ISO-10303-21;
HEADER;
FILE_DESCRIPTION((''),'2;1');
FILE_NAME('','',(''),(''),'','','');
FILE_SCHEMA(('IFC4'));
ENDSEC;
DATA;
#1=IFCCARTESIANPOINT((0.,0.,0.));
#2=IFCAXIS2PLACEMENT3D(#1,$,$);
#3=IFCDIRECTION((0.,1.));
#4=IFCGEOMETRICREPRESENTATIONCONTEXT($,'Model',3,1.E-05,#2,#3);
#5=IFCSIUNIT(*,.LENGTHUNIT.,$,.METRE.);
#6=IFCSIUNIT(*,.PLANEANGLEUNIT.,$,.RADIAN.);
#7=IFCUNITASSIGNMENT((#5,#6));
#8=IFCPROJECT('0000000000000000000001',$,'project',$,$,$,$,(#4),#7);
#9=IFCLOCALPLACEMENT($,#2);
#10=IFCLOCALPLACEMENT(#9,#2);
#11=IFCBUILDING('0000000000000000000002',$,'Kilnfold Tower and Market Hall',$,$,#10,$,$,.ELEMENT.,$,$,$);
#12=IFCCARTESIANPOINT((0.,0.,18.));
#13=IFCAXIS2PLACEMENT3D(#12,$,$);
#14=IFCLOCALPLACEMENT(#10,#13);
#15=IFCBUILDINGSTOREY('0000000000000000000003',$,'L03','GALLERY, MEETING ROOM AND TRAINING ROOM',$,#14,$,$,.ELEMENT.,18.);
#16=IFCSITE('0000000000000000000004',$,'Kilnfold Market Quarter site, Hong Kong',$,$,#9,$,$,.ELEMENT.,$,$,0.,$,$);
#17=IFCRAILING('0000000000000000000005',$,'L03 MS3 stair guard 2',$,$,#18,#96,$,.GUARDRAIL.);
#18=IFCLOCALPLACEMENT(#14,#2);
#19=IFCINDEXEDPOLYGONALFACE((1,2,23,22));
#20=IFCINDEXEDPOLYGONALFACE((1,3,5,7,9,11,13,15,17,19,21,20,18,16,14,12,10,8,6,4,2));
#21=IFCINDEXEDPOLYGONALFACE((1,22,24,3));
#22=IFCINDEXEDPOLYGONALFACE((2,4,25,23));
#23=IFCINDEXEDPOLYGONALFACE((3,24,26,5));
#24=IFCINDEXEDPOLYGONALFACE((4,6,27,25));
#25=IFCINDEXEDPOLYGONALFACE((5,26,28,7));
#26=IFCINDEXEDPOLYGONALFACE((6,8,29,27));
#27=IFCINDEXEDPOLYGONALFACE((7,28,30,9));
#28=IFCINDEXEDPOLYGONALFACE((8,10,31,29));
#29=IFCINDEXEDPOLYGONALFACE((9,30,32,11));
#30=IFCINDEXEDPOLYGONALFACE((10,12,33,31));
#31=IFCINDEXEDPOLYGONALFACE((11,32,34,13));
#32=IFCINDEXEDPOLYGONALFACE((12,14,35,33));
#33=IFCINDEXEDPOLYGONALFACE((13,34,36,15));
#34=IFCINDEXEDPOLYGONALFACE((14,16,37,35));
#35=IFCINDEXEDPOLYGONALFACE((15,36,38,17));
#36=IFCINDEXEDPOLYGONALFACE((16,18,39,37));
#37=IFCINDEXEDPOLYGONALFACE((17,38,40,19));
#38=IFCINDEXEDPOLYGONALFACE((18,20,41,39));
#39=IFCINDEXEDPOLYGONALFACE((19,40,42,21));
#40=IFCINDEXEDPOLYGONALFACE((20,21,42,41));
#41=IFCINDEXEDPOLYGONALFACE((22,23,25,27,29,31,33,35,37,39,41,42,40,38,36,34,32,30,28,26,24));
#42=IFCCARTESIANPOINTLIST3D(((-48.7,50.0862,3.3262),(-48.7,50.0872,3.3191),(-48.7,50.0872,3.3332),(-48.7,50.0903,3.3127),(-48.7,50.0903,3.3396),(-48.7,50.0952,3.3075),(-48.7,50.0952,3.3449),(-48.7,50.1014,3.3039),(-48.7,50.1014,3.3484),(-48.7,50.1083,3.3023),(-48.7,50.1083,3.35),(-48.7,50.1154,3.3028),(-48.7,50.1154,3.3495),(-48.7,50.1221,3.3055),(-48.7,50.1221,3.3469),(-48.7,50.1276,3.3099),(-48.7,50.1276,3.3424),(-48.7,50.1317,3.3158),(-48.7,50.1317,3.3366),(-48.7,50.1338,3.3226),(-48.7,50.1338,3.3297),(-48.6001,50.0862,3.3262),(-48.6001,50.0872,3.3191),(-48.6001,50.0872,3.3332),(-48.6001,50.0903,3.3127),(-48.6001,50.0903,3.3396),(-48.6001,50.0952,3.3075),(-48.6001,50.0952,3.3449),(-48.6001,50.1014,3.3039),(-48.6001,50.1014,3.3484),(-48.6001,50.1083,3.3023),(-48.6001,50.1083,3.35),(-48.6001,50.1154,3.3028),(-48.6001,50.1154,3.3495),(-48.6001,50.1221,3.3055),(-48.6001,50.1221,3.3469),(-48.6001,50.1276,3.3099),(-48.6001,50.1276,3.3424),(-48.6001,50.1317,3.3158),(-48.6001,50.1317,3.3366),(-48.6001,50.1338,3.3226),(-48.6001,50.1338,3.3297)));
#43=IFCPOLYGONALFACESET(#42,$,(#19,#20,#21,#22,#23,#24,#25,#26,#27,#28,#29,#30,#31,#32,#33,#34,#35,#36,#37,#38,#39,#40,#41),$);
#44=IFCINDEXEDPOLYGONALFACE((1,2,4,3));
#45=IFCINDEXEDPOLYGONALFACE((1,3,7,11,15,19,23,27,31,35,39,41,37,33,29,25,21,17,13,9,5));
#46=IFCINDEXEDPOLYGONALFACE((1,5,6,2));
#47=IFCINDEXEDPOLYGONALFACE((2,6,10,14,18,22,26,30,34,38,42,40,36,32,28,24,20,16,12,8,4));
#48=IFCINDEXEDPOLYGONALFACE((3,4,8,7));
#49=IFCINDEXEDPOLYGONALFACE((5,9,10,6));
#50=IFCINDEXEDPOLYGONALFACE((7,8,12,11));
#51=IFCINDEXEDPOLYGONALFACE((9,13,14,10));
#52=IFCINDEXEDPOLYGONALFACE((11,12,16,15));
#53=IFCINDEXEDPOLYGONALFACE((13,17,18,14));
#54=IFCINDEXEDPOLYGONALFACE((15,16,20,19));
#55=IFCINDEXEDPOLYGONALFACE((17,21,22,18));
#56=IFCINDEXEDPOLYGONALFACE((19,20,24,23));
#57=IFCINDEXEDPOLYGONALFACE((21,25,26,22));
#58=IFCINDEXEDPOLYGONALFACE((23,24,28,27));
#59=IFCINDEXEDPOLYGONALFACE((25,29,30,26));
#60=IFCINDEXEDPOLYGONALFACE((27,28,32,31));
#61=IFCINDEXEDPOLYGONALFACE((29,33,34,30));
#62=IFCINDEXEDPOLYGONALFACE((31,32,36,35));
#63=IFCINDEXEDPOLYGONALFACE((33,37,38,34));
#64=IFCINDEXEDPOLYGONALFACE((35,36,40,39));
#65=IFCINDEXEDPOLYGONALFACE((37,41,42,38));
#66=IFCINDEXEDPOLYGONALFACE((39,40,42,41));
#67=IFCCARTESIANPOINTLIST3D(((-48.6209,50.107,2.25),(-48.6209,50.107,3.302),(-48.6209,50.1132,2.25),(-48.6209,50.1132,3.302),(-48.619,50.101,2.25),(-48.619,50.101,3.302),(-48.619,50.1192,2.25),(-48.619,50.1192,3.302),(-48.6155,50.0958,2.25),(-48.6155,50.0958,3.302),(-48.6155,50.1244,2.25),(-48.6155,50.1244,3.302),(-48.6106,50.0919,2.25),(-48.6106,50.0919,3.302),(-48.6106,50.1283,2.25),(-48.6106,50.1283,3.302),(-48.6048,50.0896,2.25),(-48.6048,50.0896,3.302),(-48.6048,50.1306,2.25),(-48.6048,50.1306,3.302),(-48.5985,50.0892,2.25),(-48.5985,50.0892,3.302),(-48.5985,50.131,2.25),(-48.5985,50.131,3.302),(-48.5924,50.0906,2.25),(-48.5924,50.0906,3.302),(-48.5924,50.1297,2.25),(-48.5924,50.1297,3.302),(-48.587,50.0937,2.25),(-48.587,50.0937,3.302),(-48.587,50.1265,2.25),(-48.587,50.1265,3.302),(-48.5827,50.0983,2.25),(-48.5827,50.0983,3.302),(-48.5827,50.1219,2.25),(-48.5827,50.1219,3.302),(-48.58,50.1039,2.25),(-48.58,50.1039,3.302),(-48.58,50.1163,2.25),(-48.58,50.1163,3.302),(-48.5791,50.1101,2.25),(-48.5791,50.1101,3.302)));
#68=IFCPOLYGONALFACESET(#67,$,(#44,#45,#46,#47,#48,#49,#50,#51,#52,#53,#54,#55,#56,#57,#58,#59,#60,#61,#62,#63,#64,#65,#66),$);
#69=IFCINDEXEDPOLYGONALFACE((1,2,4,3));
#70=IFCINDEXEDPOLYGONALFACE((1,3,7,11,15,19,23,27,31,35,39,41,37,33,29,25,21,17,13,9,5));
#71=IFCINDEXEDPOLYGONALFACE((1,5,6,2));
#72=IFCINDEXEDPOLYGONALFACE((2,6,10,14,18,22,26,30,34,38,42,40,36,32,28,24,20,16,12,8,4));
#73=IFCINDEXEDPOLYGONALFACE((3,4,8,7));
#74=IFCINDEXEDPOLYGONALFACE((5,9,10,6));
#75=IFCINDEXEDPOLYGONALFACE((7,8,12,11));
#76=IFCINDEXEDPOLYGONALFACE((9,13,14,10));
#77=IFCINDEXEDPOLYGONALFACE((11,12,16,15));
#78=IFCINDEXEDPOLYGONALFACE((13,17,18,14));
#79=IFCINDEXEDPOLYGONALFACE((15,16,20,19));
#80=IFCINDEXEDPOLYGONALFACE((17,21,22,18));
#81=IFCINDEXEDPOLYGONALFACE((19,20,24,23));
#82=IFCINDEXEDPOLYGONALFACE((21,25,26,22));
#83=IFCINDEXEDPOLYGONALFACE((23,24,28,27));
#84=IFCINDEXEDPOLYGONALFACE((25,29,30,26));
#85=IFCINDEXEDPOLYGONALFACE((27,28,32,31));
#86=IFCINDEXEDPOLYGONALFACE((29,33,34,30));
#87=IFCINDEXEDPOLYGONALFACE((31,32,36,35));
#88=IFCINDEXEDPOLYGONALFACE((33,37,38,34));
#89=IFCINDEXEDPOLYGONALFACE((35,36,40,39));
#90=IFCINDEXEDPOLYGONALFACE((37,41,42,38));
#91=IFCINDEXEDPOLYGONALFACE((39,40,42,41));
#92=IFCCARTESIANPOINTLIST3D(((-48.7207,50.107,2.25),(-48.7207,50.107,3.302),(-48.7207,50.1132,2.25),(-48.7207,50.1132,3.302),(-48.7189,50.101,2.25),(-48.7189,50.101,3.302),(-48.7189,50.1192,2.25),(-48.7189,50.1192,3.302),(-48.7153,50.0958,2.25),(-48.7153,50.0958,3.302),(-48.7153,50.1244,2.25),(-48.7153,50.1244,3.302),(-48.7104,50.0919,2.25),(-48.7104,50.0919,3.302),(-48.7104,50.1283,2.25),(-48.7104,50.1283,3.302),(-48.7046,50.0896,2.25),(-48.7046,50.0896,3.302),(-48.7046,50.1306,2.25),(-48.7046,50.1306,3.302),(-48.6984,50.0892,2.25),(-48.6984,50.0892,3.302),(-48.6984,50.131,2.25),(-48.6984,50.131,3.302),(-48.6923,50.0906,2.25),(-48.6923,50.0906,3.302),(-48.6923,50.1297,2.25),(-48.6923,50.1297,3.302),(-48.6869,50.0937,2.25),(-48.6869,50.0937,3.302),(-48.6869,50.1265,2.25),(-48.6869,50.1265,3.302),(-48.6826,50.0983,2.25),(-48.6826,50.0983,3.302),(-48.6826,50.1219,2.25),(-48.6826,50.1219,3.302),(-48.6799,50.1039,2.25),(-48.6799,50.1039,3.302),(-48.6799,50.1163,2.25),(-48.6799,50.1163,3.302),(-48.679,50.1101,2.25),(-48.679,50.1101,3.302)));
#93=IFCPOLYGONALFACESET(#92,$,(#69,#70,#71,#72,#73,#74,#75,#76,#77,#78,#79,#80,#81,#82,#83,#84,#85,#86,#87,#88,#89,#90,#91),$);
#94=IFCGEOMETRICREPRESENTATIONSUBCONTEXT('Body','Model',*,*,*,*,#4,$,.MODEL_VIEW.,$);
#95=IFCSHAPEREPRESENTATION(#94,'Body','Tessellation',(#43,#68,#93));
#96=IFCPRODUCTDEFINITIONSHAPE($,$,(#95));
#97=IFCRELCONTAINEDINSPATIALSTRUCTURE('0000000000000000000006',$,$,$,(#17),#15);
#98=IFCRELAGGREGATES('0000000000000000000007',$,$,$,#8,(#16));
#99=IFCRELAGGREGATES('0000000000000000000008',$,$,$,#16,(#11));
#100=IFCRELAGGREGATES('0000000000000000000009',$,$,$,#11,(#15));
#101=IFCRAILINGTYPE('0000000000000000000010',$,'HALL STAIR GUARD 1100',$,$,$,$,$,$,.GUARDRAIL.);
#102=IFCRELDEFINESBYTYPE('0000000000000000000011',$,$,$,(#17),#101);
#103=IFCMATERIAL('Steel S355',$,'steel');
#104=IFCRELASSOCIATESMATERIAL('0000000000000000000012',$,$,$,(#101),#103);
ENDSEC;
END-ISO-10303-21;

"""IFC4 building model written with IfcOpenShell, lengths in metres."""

from ifc_helpers import new_model, si_unit, direction, frame, origin, origin_2d, place, context, subcontext, project, spatial, circle, extrude, material, type_object, element, save


model = new_model("IFC4")

# Units and contexts
model_context = context("Model", 3, precision=1e-05, world=origin(), true_north=direction((0.0, 1.0)))
body_context = subcontext(model_context, "Body", "Model", "MODEL_VIEW")
ifc_project = project(units=[si_unit("LENGTHUNIT", "METRE"), si_unit("PLANEANGLEUNIT", "RADIAN")], contexts=[model_context])

# Site, building, storey
site_placement = place(None, origin())
site = spatial("IfcSite", under=ifc_project, at=site_placement, Name="Kilnfold Market Quarter site, Hong Kong", CompositionType="ELEMENT", RefElevation=0.0)
building_placement = place(site_placement, origin())
building = spatial("IfcBuilding", under=site, at=building_placement, Name="Kilnfold Tower and Market Hall", CompositionType="ELEMENT")
storey_placement = place(building_placement, frame((0.0, 0.0, 18.0)))
storey = spatial("IfcBuildingStorey", under=building, at=storey_placement, Name="L03", Description="GALLERY, MEETING ROOM AND TRAINING ROOM", CompositionType="ELEMENT", Elevation=18.0)

# Railing
ifc_material_1 = material(Name="Steel S355", Category="steel")
railing_type_1 = type_object("IfcRailingType", Name="HALL STAIR GUARD 1100", PredefinedType="GUARDRAIL", material=ifc_material_1)
railing_1_placement = place(storey_placement, frame((-48.6001, 50.1101, 2.25)))
element("IfcRailing", 1, at=railing_1_placement, inside=storey, type_object=railing_type_1, Name="L03 MS3 stair guard 2", PredefinedType="GUARDRAIL", context=body_context, shape_type="SweptSolid", body=[
    extrude(circle(Radius=0.0239, at=origin_2d()), frame((0.0, 0.0, 1.0762), z_axis=(-1.0, 0.0, 0.0), x_axis=(0.0, -1.0, 0.0)), (0.0, 0.0, 1.0), 0.0999),
    extrude(circle(Radius=0.021, at=origin_2d()), origin(), (0.0, 0.0, 1.0), 1.052),
    extrude(circle(Radius=0.021, at=origin_2d()), frame((-0.0999, 0.0, 0.0)), (0.0, 0.0, 1.0), 1.052),
])

save(model, "model.ifc")
